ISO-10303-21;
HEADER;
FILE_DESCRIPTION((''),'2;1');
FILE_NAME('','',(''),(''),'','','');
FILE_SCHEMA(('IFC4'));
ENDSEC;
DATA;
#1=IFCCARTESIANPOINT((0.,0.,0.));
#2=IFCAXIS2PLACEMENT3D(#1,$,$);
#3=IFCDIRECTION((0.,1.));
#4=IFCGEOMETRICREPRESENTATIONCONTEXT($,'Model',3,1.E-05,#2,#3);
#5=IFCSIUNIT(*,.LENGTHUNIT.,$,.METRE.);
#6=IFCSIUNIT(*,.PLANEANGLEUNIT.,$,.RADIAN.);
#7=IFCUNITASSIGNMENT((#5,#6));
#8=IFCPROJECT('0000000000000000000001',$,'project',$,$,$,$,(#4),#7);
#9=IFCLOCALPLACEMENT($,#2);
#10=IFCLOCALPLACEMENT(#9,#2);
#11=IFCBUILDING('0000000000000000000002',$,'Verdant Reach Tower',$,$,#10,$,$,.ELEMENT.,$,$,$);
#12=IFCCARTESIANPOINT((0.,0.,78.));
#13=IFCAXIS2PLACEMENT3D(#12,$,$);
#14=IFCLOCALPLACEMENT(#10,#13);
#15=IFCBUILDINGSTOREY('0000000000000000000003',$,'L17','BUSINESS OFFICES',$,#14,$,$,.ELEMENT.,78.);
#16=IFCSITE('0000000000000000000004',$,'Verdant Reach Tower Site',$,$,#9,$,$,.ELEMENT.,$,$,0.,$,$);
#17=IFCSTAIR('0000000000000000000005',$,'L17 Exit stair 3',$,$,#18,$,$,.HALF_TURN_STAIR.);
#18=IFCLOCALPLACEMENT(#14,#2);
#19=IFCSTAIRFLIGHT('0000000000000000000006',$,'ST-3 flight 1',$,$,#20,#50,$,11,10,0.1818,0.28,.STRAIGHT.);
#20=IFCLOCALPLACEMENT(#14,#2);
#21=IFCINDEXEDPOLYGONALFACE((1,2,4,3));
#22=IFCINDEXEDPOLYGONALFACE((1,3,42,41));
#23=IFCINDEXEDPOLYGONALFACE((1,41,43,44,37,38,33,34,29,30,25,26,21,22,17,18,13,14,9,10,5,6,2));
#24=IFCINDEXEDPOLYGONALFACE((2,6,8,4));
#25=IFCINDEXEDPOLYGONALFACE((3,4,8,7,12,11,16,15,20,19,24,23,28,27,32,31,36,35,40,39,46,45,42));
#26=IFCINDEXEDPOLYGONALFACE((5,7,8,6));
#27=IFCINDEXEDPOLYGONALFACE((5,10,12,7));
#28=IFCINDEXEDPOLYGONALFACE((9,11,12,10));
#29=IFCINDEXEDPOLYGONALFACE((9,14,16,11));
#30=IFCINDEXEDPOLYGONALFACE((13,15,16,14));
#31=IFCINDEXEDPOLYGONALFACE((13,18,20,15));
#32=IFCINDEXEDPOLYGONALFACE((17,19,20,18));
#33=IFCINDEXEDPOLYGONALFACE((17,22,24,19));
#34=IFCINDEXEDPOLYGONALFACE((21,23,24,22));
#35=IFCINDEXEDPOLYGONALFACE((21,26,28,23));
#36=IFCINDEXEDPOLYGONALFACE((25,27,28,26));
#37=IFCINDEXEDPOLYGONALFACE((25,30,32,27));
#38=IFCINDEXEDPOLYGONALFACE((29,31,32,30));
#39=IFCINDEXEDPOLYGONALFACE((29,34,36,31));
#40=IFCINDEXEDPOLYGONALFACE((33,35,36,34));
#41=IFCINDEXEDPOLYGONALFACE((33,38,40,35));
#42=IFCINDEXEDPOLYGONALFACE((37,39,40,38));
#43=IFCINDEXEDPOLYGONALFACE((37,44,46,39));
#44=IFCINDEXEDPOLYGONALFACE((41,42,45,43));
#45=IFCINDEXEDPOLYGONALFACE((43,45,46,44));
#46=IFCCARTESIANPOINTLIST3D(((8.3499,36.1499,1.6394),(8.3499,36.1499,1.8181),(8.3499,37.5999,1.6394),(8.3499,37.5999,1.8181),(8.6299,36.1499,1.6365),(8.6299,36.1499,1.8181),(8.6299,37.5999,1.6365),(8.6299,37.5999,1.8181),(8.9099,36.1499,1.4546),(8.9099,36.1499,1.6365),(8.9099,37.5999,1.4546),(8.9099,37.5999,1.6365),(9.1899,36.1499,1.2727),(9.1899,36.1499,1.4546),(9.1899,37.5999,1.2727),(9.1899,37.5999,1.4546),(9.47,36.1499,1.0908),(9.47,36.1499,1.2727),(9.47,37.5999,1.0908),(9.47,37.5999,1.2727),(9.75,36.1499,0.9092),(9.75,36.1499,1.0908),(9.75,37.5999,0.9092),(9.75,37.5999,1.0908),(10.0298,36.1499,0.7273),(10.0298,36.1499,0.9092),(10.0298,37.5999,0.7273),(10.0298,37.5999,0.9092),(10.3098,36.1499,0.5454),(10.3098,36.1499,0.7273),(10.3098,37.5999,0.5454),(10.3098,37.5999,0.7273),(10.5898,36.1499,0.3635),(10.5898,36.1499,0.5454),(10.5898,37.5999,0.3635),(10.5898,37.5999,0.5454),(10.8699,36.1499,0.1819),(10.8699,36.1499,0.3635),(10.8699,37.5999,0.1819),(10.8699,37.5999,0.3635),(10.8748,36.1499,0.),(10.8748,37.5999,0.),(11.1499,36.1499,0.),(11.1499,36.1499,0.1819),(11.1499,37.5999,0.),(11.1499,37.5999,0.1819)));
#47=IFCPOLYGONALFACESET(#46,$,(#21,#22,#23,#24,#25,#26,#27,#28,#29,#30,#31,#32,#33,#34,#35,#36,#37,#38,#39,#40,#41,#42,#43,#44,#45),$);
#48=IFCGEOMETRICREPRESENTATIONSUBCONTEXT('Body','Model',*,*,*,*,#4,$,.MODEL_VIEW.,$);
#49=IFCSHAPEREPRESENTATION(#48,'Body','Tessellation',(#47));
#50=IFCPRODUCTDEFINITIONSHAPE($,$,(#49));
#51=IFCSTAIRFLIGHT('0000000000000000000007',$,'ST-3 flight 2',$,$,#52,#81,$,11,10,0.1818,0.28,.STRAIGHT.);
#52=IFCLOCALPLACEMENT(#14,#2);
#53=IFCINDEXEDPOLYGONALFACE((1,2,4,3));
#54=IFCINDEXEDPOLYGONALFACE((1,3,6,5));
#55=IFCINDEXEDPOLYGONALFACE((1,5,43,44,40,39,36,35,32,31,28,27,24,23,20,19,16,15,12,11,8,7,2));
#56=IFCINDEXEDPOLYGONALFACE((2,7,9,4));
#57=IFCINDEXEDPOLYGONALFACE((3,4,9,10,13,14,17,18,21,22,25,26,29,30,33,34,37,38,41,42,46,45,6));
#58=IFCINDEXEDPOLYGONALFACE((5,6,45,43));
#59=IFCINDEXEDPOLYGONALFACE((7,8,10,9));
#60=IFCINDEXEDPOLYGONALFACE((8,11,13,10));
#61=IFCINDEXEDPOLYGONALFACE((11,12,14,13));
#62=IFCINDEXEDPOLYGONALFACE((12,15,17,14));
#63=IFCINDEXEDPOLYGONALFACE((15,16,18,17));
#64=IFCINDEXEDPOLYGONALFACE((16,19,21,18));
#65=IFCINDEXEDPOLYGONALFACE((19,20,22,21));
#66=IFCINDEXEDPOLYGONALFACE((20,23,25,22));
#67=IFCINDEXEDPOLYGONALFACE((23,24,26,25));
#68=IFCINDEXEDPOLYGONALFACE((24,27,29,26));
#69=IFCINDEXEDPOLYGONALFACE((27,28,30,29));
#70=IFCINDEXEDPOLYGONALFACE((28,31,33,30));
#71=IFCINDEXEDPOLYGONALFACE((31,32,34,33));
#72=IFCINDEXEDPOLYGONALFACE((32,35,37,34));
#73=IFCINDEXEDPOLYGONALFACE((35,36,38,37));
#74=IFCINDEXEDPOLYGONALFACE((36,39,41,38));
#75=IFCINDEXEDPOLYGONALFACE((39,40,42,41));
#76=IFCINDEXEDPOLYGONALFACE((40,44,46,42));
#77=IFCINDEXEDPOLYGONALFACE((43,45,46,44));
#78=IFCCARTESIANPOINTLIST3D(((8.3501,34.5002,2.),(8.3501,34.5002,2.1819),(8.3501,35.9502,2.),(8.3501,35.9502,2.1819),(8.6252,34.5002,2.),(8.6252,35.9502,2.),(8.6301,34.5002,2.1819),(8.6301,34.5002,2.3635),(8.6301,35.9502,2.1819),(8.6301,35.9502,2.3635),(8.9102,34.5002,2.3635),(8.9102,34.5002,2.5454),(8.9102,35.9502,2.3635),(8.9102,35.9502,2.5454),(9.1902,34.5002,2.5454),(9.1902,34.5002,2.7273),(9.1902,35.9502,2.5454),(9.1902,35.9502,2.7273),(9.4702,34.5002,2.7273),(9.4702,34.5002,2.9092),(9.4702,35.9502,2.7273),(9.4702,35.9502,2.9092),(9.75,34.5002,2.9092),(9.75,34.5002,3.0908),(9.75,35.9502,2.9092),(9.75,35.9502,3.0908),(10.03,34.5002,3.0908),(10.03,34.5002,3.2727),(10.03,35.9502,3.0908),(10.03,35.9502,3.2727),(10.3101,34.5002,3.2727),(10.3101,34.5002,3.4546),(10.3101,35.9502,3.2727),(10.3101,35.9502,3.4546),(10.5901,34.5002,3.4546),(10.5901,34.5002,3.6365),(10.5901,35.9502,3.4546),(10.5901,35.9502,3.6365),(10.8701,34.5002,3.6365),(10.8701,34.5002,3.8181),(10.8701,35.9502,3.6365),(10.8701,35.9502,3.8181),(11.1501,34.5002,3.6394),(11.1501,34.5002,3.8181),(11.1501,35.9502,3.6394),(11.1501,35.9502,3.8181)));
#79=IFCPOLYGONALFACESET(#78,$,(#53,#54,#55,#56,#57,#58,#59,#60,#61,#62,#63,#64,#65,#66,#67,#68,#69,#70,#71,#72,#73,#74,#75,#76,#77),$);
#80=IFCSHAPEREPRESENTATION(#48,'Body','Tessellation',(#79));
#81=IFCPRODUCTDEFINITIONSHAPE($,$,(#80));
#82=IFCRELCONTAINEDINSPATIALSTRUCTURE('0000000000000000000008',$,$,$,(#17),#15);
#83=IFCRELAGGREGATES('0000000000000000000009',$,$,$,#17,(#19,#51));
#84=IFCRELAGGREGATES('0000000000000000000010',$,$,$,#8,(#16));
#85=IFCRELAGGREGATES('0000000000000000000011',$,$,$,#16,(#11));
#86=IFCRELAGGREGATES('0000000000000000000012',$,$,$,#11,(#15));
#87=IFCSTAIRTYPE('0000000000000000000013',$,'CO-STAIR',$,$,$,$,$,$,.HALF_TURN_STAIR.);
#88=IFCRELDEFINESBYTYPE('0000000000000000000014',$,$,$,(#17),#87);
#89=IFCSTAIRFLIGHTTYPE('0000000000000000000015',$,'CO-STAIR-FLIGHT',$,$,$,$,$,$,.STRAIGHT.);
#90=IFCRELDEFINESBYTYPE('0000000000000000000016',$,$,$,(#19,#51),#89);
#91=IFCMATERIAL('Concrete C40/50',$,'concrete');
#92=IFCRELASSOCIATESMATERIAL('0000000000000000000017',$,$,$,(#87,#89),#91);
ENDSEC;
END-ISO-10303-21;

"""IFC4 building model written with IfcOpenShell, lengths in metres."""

from ifc_helpers import new_model, si_unit, direction, frame, origin, place, context, subcontext, project, spatial, polyline, outline, extrude, material, type_object, element, aggregate, save


model = new_model("IFC4")

# Units and contexts
model_context = context("Model", 3, precision=1e-05, world=origin(), true_north=direction((0.0, 1.0)))
body_context = subcontext(model_context, "Body", "Model", "MODEL_VIEW")
ifc_project = project(units=[si_unit("LENGTHUNIT", "METRE"), si_unit("PLANEANGLEUNIT", "RADIAN")], contexts=[model_context])

# Site, building, storey
site_placement = place(None, origin())
site = spatial("IfcSite", under=ifc_project, at=site_placement, Name="Verdant Reach Tower Site", CompositionType="ELEMENT", RefElevation=0.0)
building_placement = place(site_placement, origin())
building = spatial("IfcBuilding", under=site, at=building_placement, Name="Verdant Reach Tower", CompositionType="ELEMENT")
storey_placement = place(building_placement, frame((0.0, 0.0, 78.0)))
storey = spatial("IfcBuildingStorey", under=building, at=storey_placement, Name="L17", Description="BUSINESS OFFICES", CompositionType="ELEMENT", Elevation=78.0)

# Shared definitions
ifc_material_1 = material(Name="Concrete C40/50", Category="concrete")

# Shared definitions
stair_type = type_object("IfcStairType", Name="CO-STAIR", PredefinedType="HALF_TURN_STAIR", material=ifc_material_1)
stair_flight_type = type_object("IfcStairFlightType", Name="CO-STAIR-FLIGHT", PredefinedType="STRAIGHT", material=ifc_material_1)

# Stair, stair flights
stair_1_placement = place(storey_placement, origin())
stair_1 = element("IfcStair", 1, at=stair_1_placement, inside=storey, type_object=stair_type, Name="L17 Exit stair 3", PredefinedType="HALF_TURN_STAIR")
stair_flight_1_placement = place(storey_placement, frame((11.1499, 36.875, 0.0), z_axis=(0.0, 0.0, 1.0), x_axis=(-1.0, 0.0, 0.0)))
stair_flight_1 = element("IfcStairFlight", 2, at=stair_flight_1_placement, type_object=stair_flight_type, Name="ST-3 flight 1", NumberOfRisers=11, NumberOfTreads=10, PredefinedType="STRAIGHT", RiserHeight=0.1818, TreadLength=0.28, context=body_context, shape_type="SweptSolid", body=[
    extrude(outline(polyline([(0.0, 0.0), (0.0, 0.1819), (0.28, 0.1819), (0.28, 0.3635), (0.5601, 0.3635), (0.5601, 0.5454), (0.8401, 0.5454), (0.8401, 0.7273), (1.1201, 0.7273), (1.1201, 0.9092), (1.3999, 0.9092), (1.3999, 1.0908), (1.6799, 1.0908), (1.6799, 1.2727), (1.96, 1.2727), (1.96, 1.4546), (2.24, 1.4546), (2.24, 1.6365), (2.52, 1.6365), (2.52, 1.8181), (2.8, 1.8181), (2.8, 2.0), (2.8, 1.6394), (0.2751, 0.0), (0.0, 0.0)])), frame((0.0, 0.7251, 0.0), z_axis=(0.0, -1.0, 0.0), x_axis=(1.0, 0.0, 0.0)), (0.0, 0.0, 1.0), 1.45),
])
stair_flight_2_placement = place(storey_placement, frame((8.3501, 35.2251, 2.0), z_axis=(0.0, 0.0, 1.0), x_axis=(1.0, 0.0, 0.0)))
stair_flight_2 = element("IfcStairFlight", 3, at=stair_flight_2_placement, type_object=stair_flight_type, Name="ST-3 flight 2", NumberOfRisers=11, NumberOfTreads=10, PredefinedType="STRAIGHT", RiserHeight=0.1818, TreadLength=0.28, context=body_context, shape_type="SweptSolid", body=[
    extrude(outline(polyline([(0.0, 0.0), (0.0, 0.1819), (0.28, 0.1819), (0.28, 0.3635), (0.5601, 0.3635), (0.5601, 0.5454), (0.8401, 0.5454), (0.8401, 0.7273), (1.1201, 0.7273), (1.1201, 0.9092), (1.3999, 0.9092), (1.3999, 1.0908), (1.6799, 1.0908), (1.6799, 1.2727), (1.96, 1.2727), (1.96, 1.4546), (2.24, 1.4546), (2.24, 1.6365), (2.52, 1.6365), (2.52, 1.8181), (2.8, 1.8181), (2.8, 2.0), (2.8, 1.6394), (0.2751, 0.0), (0.0, 0.0)])), frame((0.0, 0.7251, 0.0), z_axis=(0.0, -1.0, 0.0), x_axis=(1.0, 0.0, 0.0)), (0.0, 0.0, 1.0), 1.45),
])
aggregate(stair_1, [stair_flight_1, stair_flight_2])

save(model, "model.ifc")
